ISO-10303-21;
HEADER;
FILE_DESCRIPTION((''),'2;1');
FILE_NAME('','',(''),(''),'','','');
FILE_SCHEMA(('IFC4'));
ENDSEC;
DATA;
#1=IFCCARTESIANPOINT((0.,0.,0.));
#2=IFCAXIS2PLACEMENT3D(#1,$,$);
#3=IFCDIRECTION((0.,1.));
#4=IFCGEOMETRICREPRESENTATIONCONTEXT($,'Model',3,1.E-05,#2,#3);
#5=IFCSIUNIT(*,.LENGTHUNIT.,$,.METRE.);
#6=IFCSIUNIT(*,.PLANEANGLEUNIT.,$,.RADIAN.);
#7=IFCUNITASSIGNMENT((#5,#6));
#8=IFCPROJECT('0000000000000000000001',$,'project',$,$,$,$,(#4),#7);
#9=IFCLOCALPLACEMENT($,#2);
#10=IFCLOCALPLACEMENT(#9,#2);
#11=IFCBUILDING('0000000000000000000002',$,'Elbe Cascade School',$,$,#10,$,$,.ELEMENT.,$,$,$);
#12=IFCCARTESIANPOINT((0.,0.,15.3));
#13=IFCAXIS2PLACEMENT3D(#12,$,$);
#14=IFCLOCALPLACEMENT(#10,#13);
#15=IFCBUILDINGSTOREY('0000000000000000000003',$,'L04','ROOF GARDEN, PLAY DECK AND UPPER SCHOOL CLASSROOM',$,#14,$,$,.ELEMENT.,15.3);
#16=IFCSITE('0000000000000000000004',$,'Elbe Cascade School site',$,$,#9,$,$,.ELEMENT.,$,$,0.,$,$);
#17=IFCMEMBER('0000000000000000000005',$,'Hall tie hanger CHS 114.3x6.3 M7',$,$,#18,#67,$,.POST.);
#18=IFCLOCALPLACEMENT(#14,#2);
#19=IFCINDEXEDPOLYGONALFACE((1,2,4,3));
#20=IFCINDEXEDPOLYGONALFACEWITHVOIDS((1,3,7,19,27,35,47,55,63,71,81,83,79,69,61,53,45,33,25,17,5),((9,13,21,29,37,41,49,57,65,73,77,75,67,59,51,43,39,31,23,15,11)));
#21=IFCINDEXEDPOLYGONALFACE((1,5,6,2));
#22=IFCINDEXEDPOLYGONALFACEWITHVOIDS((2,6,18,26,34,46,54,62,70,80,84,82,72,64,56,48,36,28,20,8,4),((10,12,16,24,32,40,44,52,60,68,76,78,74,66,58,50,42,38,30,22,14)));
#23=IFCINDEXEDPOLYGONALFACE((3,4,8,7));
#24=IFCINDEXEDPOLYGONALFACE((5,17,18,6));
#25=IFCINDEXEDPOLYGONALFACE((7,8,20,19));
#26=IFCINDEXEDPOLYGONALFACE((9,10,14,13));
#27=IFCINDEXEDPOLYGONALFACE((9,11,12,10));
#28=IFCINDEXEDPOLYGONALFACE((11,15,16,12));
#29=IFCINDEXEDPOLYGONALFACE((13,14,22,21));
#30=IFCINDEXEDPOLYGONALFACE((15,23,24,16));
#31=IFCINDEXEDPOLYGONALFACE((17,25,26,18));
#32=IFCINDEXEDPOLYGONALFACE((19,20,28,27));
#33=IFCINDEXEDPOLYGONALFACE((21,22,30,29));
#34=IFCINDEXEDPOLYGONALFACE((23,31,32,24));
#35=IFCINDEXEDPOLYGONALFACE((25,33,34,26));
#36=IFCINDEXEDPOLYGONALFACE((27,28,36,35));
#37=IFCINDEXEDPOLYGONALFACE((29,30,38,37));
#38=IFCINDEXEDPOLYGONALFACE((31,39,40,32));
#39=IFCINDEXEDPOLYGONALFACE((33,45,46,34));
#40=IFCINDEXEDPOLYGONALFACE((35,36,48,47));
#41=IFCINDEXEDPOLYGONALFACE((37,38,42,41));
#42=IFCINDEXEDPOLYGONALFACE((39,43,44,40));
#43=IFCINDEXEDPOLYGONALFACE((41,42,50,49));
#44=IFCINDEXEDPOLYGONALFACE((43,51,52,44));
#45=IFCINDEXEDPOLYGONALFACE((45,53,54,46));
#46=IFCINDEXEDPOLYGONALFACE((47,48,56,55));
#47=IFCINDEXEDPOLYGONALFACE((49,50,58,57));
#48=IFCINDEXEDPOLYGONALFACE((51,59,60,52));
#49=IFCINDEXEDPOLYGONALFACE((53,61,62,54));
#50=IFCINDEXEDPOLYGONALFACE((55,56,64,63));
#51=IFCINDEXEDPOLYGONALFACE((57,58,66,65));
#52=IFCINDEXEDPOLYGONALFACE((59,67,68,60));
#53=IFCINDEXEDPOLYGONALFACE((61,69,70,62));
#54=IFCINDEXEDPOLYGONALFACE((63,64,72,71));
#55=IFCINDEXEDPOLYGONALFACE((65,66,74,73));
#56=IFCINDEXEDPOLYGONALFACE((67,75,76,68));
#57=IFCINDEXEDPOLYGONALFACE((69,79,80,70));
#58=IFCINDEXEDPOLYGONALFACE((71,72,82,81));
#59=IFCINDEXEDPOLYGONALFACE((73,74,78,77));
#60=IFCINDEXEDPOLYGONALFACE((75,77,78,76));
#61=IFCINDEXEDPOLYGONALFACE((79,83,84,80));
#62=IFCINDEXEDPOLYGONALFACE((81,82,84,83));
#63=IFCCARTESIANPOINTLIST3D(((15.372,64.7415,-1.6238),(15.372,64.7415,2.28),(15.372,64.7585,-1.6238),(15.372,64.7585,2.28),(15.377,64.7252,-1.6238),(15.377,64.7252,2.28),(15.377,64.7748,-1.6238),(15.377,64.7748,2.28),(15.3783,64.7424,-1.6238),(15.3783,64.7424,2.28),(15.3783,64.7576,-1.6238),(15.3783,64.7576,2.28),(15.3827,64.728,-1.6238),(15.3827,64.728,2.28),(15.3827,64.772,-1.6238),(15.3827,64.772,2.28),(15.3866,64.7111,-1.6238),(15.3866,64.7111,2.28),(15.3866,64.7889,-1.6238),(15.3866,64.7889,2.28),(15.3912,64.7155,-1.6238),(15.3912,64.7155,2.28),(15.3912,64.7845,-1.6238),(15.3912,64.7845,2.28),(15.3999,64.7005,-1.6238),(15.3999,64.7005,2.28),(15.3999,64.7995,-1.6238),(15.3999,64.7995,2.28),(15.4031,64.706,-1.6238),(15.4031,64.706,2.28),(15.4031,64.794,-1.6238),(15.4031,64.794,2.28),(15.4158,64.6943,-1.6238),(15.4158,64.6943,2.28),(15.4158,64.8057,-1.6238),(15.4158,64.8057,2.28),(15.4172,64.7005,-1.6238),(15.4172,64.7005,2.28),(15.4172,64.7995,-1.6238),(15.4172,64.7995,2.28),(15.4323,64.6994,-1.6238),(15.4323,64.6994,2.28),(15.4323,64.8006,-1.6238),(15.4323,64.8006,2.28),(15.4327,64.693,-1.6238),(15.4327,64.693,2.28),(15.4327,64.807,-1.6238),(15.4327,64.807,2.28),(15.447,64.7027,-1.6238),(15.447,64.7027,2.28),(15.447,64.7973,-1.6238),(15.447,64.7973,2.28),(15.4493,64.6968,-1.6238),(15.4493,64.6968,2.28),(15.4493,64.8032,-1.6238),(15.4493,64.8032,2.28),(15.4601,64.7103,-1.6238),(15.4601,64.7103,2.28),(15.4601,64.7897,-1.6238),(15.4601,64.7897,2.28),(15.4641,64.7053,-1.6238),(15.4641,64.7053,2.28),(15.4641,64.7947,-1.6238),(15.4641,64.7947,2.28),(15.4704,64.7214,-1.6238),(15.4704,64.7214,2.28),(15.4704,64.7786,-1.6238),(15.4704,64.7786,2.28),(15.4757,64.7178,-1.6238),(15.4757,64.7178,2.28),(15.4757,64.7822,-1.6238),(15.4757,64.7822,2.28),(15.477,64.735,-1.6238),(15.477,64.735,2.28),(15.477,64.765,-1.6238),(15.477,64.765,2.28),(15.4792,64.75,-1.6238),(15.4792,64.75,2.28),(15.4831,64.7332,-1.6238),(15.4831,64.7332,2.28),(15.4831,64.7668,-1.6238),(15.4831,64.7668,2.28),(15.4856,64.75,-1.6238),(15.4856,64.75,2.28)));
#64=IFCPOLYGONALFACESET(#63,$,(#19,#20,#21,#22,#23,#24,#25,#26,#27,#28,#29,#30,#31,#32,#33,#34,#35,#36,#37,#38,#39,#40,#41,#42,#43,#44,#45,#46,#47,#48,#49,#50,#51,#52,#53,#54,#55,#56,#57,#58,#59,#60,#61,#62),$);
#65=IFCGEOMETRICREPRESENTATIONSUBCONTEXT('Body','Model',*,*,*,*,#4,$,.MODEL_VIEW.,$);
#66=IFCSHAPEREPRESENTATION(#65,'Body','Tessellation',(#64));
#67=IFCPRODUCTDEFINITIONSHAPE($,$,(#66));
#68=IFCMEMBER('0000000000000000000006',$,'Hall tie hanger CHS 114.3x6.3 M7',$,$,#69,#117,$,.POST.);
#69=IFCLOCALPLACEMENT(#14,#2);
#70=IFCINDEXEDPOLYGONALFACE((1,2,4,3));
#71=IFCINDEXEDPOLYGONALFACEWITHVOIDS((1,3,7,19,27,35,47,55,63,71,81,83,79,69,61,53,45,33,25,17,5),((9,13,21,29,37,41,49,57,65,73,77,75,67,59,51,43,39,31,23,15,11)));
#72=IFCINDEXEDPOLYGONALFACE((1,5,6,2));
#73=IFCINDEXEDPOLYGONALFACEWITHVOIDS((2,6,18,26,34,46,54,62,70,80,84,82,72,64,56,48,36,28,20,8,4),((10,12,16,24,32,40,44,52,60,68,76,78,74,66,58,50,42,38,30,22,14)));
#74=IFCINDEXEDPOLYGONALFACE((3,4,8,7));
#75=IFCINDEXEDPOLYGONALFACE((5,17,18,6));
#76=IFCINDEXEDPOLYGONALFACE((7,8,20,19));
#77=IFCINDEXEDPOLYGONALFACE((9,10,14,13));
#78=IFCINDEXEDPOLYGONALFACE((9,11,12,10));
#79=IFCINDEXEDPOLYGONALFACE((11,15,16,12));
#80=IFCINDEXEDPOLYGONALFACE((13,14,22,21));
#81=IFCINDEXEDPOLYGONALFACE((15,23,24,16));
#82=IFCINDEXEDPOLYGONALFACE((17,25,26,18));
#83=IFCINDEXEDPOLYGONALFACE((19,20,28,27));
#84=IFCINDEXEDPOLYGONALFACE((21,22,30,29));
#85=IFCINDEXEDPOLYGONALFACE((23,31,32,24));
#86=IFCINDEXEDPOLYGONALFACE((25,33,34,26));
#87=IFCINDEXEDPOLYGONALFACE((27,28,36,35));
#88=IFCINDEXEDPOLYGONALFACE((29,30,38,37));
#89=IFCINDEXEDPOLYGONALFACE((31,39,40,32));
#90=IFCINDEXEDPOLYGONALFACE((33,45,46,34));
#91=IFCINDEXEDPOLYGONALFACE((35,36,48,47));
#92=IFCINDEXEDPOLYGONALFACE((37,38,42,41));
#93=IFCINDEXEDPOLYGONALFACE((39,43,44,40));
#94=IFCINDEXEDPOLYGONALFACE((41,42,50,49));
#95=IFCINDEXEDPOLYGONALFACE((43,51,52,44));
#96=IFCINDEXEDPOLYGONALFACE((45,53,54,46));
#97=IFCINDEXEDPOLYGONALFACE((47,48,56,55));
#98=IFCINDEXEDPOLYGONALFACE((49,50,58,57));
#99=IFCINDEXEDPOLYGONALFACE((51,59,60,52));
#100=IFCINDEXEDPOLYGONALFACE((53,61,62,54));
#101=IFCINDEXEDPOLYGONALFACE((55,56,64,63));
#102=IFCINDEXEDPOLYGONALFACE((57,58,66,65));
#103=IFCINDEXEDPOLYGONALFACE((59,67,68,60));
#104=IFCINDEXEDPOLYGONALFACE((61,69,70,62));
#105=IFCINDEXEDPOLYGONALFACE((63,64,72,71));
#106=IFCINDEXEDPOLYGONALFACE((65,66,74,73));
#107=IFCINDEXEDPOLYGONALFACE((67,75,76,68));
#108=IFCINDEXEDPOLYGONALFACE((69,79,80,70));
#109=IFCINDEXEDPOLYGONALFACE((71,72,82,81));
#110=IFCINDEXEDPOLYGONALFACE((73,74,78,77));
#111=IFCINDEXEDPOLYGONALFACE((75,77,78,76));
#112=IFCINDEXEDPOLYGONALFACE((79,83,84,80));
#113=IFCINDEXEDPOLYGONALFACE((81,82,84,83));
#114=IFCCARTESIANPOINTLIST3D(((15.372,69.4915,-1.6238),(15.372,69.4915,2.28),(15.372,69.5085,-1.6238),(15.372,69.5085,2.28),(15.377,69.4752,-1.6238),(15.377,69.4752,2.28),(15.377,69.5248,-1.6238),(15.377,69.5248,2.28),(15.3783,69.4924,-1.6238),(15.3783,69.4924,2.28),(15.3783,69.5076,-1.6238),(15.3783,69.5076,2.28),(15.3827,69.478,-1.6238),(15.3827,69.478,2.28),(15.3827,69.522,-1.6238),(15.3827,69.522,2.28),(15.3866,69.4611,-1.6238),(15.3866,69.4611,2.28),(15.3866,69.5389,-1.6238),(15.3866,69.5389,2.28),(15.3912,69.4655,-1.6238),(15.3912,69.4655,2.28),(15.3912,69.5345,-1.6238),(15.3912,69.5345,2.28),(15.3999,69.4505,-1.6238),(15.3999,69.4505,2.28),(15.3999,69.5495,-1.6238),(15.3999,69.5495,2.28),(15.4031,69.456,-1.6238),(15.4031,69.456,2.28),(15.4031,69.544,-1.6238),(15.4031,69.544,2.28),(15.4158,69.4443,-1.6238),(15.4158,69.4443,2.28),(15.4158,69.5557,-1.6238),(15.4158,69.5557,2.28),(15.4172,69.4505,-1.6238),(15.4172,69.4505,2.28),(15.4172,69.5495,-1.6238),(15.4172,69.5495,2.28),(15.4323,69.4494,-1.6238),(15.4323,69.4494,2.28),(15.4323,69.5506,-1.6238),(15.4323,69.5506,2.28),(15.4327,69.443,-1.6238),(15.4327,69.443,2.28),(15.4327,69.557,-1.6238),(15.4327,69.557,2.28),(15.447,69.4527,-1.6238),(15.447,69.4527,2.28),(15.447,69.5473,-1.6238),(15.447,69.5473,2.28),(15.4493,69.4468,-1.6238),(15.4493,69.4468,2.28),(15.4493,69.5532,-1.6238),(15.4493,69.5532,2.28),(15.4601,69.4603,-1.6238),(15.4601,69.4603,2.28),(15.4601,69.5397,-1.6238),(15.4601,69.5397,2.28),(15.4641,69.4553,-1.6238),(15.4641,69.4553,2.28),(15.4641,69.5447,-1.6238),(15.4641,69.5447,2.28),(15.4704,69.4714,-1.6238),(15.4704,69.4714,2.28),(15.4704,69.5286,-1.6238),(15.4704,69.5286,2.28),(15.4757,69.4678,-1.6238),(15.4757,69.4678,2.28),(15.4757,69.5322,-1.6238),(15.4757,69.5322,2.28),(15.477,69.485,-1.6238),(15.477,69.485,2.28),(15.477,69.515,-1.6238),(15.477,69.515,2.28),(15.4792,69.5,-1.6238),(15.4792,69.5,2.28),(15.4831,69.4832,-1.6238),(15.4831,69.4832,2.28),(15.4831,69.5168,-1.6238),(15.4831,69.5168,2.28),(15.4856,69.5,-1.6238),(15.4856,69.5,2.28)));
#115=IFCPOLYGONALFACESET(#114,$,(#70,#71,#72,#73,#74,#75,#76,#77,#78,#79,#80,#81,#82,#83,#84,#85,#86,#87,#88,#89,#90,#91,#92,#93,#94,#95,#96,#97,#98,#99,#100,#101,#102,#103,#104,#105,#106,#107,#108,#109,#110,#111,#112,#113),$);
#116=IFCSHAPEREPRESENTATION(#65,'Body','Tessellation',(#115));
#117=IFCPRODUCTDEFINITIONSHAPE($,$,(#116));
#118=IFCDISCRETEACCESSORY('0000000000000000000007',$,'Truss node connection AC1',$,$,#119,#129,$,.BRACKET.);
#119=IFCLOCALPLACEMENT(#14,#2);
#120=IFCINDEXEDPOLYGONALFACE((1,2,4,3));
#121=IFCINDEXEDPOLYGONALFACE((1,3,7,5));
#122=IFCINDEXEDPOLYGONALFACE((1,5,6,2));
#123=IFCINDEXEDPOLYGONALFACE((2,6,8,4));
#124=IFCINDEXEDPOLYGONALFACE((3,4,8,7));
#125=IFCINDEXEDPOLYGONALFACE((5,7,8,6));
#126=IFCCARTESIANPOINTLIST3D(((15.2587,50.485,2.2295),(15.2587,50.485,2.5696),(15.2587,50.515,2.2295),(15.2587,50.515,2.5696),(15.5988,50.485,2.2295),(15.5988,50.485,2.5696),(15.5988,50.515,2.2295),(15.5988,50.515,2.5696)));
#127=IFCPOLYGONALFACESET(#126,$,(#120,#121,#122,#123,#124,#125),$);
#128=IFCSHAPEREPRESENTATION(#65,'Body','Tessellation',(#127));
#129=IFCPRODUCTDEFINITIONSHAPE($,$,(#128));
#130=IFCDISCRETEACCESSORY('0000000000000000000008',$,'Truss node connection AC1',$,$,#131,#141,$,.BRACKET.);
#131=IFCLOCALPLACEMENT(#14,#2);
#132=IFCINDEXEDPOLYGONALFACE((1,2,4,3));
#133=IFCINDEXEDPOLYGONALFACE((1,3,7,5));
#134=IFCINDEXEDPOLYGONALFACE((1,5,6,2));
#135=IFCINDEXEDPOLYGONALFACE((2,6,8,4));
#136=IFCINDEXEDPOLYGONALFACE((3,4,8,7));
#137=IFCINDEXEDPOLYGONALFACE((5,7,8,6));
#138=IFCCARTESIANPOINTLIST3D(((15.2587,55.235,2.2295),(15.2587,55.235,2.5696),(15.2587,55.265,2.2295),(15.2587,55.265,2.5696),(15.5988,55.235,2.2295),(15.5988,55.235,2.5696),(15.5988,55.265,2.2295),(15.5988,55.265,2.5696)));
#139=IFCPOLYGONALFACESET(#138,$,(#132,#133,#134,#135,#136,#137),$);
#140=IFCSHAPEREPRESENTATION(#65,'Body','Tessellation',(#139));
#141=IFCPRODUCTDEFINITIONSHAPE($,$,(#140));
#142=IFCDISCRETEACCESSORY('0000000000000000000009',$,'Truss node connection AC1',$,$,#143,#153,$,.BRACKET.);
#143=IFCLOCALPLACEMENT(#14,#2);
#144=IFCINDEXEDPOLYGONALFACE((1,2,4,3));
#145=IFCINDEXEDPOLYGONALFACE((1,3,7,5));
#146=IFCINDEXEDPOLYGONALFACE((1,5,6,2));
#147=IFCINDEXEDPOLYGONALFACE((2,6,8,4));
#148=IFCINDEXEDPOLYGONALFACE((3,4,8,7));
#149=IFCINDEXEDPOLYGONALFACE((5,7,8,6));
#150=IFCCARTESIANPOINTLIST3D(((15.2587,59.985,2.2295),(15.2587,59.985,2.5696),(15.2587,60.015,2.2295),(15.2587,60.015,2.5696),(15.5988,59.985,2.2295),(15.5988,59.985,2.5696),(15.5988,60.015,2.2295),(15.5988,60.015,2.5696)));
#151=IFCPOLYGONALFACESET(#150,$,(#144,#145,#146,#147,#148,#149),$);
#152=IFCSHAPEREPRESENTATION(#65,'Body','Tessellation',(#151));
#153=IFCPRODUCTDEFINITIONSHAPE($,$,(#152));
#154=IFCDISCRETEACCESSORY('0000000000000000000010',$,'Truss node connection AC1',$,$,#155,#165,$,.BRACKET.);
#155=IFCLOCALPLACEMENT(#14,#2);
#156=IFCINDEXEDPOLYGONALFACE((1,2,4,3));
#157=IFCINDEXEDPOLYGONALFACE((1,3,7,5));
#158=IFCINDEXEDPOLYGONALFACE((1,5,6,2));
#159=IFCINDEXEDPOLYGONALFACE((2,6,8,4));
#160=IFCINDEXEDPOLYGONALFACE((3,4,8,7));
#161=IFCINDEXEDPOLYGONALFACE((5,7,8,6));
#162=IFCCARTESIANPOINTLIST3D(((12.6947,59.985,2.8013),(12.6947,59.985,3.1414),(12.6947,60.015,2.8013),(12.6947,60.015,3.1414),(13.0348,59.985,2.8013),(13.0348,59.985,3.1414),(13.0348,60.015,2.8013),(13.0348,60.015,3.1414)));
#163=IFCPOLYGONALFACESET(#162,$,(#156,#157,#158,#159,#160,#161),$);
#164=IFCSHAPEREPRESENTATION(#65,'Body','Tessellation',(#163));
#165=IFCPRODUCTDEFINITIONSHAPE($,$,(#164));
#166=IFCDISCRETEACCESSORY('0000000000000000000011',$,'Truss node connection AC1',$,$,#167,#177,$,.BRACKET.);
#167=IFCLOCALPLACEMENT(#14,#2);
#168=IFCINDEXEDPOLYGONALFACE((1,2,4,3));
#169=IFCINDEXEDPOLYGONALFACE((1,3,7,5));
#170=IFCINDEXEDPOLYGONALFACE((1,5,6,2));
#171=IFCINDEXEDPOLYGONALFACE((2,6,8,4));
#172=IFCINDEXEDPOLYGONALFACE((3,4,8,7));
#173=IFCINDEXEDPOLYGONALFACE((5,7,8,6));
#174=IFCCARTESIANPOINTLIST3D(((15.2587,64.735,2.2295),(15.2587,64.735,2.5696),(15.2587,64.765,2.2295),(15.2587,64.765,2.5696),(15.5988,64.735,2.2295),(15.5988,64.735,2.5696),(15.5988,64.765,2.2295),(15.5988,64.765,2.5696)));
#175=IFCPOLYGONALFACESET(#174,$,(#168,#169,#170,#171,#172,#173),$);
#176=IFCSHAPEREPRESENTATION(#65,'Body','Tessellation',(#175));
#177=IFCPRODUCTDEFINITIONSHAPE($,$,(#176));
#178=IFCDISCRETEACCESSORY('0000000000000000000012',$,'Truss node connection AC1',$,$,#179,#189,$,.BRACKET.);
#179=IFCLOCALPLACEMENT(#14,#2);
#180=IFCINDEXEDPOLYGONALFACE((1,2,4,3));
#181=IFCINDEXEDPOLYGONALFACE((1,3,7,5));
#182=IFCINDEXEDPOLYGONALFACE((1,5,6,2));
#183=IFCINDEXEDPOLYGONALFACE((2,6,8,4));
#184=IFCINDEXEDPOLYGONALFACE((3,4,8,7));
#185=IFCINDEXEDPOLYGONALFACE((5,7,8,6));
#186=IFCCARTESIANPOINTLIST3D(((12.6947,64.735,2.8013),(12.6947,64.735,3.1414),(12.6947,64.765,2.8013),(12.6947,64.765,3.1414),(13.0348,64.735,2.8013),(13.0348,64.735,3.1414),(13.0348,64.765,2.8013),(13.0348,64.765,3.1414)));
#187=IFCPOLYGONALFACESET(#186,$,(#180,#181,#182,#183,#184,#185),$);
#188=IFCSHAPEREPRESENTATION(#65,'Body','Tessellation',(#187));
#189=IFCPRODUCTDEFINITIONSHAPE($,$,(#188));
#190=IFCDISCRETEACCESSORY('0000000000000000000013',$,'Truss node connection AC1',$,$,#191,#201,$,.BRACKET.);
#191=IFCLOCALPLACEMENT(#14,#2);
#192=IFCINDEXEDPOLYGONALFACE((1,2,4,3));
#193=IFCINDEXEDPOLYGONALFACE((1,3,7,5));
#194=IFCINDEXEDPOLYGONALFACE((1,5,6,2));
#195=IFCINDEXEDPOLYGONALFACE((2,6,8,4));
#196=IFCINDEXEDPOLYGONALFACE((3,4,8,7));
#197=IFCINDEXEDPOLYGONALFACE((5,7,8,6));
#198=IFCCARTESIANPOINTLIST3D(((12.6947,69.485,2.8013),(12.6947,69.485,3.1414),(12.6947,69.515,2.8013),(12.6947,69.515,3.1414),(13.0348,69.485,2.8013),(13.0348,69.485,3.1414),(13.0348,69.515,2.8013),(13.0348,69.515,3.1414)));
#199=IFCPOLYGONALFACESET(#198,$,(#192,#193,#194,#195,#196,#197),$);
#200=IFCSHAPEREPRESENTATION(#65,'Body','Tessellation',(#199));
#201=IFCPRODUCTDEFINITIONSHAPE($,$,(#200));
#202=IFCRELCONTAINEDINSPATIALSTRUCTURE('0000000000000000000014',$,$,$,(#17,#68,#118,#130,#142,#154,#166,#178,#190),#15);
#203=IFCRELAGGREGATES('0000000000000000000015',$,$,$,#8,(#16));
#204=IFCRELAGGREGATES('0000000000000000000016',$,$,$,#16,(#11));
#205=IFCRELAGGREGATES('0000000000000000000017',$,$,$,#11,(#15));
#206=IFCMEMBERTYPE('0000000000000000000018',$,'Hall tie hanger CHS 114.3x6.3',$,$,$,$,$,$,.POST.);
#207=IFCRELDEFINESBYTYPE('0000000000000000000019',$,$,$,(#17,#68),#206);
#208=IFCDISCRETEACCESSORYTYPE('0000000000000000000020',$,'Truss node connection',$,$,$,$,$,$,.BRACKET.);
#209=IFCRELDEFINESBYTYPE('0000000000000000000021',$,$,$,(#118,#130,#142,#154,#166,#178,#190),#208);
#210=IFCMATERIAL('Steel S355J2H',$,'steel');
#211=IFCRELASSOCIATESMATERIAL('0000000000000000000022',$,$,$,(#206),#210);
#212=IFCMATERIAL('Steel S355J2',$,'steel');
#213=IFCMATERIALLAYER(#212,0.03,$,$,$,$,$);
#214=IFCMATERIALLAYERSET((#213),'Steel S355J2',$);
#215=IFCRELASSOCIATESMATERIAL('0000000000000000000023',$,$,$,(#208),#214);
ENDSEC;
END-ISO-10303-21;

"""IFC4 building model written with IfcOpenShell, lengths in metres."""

from ifc_helpers import new_model, si_unit, direction, frame, origin, origin_2d, place, context, subcontext, project, spatial, rectangle, hollow_circle, extrude, material, layer, layer_set, material_profile, profile_set, type_object, element, save


model = new_model("IFC4")

# Units and contexts
model_context = context("Model", 3, precision=1e-05, world=origin(), true_north=direction((0.0, 1.0)))
body_context = subcontext(model_context, "Body", "Model", "MODEL_VIEW")
ifc_project = project(units=[si_unit("LENGTHUNIT", "METRE"), si_unit("PLANEANGLEUNIT", "RADIAN")], contexts=[model_context])

# Site, building, storey
site_placement = place(None, origin())
site = spatial("IfcSite", under=ifc_project, at=site_placement, Name="Elbe Cascade School site", CompositionType="ELEMENT", RefElevation=0.0)
building_placement = place(site_placement, origin())
building = spatial("IfcBuilding", under=site, at=building_placement, Name="Elbe Cascade School", CompositionType="ELEMENT")
storey_placement = place(building_placement, frame((0.0, 0.0, 15.3)))
storey = spatial("IfcBuildingStorey", under=building, at=storey_placement, Name="L04", Description="ROOF GARDEN, PLAY DECK AND UPPER SCHOOL CLASSROOM", CompositionType="ELEMENT", Elevation=15.3)

# Members
ifc_material_1 = material(Name="Steel S355J2H", Category="steel")
ifc_material_profile_1 = material_profile(ifc_material_1, hollow_circle(Radius=0.0571, WallThickness=0.0063, at=origin_2d()), Name="CHS 114.3x6.3")
ifc_profile_set_1 = profile_set([ifc_material_profile_1], Name="Steel S355J2H")
member_type_1 = type_object("IfcMemberType", Name="Hall tie hanger CHS 114.3x6.3", PredefinedType="POST", material=ifc_profile_set_1)
for number, where, z_axis, x_axis, name in (
    (1, (15.4285, 64.75, -1.6238), (0.0, 0.0, 1.0), (1.0, 0.0, 0.0), "Hall tie hanger CHS 114.3x6.3 M7"),
    (2, (15.4285, 69.5, -1.6238), (0.0, 0.0, 1.0), (1.0, 0.0, 0.0), "Hall tie hanger CHS 114.3x6.3 M7"),
):
    element("IfcMember", number, at=place(storey_placement, frame(where, z_axis=z_axis, x_axis=x_axis)), inside=storey, type_object=member_type_1, Name=name, PredefinedType="POST", context=body_context, shape_type="SweptSolid", body=[
        extrude(hollow_circle(Radius=0.0571, WallThickness=0.0063, at=origin_2d()), origin(), (0.0, 0.0, 1.0), 3.9038),
    ])

# Discrete accessories
ifc_material_2 = material(Name="Steel S355J2", Category="steel")
ifc_layer = layer(ifc_material_2, 0.03)
ifc_layer_set = layer_set([ifc_layer], Name="Steel S355J2")
discrete_accessory_type = type_object("IfcDiscreteAccessoryType", Name="Truss node connection", PredefinedType="BRACKET", material=ifc_layer_set)
for number, where, z_axis, x_axis, name in (
    (3, (15.4287, 50.5, 2.2295), (0.0, 0.0, 1.0), (1.0, 0.0, 0.0), "Truss node connection AC1"),
    (4, (15.4287, 55.25, 2.2295), (0.0, 0.0, 1.0), (1.0, 0.0, 0.0), "Truss node connection AC1"),
    (5, (15.4287, 60.0, 2.2295), (0.0, 0.0, 1.0), (1.0, 0.0, 0.0), "Truss node connection AC1"),
    (6, (12.8647, 60.0, 2.8013), (0.0, 0.0, 1.0), (1.0, 0.0, 0.0), "Truss node connection AC1"),
    (7, (15.4287, 64.75, 2.2295), (0.0, 0.0, 1.0), (1.0, 0.0, 0.0), "Truss node connection AC1"),
    (8, (12.8647, 64.75, 2.8013), (0.0, 0.0, 1.0), (1.0, 0.0, 0.0), "Truss node connection AC1"),
    (9, (12.8647, 69.5, 2.8013), (0.0, 0.0, 1.0), (1.0, 0.0, 0.0), "Truss node connection AC1"),
):
    element("IfcDiscreteAccessory", number, at=place(storey_placement, frame(where, z_axis=z_axis, x_axis=x_axis)), inside=storey, type_object=discrete_accessory_type, Name=name, PredefinedType="BRACKET", context=body_context, shape_type="SweptSolid", body=[
        extrude(rectangle(XDim=0.3401, YDim=0.03, at=origin_2d()), origin(), (0.0, 0.0, 1.0), 0.3401),
    ])

save(model, "model.ifc")
